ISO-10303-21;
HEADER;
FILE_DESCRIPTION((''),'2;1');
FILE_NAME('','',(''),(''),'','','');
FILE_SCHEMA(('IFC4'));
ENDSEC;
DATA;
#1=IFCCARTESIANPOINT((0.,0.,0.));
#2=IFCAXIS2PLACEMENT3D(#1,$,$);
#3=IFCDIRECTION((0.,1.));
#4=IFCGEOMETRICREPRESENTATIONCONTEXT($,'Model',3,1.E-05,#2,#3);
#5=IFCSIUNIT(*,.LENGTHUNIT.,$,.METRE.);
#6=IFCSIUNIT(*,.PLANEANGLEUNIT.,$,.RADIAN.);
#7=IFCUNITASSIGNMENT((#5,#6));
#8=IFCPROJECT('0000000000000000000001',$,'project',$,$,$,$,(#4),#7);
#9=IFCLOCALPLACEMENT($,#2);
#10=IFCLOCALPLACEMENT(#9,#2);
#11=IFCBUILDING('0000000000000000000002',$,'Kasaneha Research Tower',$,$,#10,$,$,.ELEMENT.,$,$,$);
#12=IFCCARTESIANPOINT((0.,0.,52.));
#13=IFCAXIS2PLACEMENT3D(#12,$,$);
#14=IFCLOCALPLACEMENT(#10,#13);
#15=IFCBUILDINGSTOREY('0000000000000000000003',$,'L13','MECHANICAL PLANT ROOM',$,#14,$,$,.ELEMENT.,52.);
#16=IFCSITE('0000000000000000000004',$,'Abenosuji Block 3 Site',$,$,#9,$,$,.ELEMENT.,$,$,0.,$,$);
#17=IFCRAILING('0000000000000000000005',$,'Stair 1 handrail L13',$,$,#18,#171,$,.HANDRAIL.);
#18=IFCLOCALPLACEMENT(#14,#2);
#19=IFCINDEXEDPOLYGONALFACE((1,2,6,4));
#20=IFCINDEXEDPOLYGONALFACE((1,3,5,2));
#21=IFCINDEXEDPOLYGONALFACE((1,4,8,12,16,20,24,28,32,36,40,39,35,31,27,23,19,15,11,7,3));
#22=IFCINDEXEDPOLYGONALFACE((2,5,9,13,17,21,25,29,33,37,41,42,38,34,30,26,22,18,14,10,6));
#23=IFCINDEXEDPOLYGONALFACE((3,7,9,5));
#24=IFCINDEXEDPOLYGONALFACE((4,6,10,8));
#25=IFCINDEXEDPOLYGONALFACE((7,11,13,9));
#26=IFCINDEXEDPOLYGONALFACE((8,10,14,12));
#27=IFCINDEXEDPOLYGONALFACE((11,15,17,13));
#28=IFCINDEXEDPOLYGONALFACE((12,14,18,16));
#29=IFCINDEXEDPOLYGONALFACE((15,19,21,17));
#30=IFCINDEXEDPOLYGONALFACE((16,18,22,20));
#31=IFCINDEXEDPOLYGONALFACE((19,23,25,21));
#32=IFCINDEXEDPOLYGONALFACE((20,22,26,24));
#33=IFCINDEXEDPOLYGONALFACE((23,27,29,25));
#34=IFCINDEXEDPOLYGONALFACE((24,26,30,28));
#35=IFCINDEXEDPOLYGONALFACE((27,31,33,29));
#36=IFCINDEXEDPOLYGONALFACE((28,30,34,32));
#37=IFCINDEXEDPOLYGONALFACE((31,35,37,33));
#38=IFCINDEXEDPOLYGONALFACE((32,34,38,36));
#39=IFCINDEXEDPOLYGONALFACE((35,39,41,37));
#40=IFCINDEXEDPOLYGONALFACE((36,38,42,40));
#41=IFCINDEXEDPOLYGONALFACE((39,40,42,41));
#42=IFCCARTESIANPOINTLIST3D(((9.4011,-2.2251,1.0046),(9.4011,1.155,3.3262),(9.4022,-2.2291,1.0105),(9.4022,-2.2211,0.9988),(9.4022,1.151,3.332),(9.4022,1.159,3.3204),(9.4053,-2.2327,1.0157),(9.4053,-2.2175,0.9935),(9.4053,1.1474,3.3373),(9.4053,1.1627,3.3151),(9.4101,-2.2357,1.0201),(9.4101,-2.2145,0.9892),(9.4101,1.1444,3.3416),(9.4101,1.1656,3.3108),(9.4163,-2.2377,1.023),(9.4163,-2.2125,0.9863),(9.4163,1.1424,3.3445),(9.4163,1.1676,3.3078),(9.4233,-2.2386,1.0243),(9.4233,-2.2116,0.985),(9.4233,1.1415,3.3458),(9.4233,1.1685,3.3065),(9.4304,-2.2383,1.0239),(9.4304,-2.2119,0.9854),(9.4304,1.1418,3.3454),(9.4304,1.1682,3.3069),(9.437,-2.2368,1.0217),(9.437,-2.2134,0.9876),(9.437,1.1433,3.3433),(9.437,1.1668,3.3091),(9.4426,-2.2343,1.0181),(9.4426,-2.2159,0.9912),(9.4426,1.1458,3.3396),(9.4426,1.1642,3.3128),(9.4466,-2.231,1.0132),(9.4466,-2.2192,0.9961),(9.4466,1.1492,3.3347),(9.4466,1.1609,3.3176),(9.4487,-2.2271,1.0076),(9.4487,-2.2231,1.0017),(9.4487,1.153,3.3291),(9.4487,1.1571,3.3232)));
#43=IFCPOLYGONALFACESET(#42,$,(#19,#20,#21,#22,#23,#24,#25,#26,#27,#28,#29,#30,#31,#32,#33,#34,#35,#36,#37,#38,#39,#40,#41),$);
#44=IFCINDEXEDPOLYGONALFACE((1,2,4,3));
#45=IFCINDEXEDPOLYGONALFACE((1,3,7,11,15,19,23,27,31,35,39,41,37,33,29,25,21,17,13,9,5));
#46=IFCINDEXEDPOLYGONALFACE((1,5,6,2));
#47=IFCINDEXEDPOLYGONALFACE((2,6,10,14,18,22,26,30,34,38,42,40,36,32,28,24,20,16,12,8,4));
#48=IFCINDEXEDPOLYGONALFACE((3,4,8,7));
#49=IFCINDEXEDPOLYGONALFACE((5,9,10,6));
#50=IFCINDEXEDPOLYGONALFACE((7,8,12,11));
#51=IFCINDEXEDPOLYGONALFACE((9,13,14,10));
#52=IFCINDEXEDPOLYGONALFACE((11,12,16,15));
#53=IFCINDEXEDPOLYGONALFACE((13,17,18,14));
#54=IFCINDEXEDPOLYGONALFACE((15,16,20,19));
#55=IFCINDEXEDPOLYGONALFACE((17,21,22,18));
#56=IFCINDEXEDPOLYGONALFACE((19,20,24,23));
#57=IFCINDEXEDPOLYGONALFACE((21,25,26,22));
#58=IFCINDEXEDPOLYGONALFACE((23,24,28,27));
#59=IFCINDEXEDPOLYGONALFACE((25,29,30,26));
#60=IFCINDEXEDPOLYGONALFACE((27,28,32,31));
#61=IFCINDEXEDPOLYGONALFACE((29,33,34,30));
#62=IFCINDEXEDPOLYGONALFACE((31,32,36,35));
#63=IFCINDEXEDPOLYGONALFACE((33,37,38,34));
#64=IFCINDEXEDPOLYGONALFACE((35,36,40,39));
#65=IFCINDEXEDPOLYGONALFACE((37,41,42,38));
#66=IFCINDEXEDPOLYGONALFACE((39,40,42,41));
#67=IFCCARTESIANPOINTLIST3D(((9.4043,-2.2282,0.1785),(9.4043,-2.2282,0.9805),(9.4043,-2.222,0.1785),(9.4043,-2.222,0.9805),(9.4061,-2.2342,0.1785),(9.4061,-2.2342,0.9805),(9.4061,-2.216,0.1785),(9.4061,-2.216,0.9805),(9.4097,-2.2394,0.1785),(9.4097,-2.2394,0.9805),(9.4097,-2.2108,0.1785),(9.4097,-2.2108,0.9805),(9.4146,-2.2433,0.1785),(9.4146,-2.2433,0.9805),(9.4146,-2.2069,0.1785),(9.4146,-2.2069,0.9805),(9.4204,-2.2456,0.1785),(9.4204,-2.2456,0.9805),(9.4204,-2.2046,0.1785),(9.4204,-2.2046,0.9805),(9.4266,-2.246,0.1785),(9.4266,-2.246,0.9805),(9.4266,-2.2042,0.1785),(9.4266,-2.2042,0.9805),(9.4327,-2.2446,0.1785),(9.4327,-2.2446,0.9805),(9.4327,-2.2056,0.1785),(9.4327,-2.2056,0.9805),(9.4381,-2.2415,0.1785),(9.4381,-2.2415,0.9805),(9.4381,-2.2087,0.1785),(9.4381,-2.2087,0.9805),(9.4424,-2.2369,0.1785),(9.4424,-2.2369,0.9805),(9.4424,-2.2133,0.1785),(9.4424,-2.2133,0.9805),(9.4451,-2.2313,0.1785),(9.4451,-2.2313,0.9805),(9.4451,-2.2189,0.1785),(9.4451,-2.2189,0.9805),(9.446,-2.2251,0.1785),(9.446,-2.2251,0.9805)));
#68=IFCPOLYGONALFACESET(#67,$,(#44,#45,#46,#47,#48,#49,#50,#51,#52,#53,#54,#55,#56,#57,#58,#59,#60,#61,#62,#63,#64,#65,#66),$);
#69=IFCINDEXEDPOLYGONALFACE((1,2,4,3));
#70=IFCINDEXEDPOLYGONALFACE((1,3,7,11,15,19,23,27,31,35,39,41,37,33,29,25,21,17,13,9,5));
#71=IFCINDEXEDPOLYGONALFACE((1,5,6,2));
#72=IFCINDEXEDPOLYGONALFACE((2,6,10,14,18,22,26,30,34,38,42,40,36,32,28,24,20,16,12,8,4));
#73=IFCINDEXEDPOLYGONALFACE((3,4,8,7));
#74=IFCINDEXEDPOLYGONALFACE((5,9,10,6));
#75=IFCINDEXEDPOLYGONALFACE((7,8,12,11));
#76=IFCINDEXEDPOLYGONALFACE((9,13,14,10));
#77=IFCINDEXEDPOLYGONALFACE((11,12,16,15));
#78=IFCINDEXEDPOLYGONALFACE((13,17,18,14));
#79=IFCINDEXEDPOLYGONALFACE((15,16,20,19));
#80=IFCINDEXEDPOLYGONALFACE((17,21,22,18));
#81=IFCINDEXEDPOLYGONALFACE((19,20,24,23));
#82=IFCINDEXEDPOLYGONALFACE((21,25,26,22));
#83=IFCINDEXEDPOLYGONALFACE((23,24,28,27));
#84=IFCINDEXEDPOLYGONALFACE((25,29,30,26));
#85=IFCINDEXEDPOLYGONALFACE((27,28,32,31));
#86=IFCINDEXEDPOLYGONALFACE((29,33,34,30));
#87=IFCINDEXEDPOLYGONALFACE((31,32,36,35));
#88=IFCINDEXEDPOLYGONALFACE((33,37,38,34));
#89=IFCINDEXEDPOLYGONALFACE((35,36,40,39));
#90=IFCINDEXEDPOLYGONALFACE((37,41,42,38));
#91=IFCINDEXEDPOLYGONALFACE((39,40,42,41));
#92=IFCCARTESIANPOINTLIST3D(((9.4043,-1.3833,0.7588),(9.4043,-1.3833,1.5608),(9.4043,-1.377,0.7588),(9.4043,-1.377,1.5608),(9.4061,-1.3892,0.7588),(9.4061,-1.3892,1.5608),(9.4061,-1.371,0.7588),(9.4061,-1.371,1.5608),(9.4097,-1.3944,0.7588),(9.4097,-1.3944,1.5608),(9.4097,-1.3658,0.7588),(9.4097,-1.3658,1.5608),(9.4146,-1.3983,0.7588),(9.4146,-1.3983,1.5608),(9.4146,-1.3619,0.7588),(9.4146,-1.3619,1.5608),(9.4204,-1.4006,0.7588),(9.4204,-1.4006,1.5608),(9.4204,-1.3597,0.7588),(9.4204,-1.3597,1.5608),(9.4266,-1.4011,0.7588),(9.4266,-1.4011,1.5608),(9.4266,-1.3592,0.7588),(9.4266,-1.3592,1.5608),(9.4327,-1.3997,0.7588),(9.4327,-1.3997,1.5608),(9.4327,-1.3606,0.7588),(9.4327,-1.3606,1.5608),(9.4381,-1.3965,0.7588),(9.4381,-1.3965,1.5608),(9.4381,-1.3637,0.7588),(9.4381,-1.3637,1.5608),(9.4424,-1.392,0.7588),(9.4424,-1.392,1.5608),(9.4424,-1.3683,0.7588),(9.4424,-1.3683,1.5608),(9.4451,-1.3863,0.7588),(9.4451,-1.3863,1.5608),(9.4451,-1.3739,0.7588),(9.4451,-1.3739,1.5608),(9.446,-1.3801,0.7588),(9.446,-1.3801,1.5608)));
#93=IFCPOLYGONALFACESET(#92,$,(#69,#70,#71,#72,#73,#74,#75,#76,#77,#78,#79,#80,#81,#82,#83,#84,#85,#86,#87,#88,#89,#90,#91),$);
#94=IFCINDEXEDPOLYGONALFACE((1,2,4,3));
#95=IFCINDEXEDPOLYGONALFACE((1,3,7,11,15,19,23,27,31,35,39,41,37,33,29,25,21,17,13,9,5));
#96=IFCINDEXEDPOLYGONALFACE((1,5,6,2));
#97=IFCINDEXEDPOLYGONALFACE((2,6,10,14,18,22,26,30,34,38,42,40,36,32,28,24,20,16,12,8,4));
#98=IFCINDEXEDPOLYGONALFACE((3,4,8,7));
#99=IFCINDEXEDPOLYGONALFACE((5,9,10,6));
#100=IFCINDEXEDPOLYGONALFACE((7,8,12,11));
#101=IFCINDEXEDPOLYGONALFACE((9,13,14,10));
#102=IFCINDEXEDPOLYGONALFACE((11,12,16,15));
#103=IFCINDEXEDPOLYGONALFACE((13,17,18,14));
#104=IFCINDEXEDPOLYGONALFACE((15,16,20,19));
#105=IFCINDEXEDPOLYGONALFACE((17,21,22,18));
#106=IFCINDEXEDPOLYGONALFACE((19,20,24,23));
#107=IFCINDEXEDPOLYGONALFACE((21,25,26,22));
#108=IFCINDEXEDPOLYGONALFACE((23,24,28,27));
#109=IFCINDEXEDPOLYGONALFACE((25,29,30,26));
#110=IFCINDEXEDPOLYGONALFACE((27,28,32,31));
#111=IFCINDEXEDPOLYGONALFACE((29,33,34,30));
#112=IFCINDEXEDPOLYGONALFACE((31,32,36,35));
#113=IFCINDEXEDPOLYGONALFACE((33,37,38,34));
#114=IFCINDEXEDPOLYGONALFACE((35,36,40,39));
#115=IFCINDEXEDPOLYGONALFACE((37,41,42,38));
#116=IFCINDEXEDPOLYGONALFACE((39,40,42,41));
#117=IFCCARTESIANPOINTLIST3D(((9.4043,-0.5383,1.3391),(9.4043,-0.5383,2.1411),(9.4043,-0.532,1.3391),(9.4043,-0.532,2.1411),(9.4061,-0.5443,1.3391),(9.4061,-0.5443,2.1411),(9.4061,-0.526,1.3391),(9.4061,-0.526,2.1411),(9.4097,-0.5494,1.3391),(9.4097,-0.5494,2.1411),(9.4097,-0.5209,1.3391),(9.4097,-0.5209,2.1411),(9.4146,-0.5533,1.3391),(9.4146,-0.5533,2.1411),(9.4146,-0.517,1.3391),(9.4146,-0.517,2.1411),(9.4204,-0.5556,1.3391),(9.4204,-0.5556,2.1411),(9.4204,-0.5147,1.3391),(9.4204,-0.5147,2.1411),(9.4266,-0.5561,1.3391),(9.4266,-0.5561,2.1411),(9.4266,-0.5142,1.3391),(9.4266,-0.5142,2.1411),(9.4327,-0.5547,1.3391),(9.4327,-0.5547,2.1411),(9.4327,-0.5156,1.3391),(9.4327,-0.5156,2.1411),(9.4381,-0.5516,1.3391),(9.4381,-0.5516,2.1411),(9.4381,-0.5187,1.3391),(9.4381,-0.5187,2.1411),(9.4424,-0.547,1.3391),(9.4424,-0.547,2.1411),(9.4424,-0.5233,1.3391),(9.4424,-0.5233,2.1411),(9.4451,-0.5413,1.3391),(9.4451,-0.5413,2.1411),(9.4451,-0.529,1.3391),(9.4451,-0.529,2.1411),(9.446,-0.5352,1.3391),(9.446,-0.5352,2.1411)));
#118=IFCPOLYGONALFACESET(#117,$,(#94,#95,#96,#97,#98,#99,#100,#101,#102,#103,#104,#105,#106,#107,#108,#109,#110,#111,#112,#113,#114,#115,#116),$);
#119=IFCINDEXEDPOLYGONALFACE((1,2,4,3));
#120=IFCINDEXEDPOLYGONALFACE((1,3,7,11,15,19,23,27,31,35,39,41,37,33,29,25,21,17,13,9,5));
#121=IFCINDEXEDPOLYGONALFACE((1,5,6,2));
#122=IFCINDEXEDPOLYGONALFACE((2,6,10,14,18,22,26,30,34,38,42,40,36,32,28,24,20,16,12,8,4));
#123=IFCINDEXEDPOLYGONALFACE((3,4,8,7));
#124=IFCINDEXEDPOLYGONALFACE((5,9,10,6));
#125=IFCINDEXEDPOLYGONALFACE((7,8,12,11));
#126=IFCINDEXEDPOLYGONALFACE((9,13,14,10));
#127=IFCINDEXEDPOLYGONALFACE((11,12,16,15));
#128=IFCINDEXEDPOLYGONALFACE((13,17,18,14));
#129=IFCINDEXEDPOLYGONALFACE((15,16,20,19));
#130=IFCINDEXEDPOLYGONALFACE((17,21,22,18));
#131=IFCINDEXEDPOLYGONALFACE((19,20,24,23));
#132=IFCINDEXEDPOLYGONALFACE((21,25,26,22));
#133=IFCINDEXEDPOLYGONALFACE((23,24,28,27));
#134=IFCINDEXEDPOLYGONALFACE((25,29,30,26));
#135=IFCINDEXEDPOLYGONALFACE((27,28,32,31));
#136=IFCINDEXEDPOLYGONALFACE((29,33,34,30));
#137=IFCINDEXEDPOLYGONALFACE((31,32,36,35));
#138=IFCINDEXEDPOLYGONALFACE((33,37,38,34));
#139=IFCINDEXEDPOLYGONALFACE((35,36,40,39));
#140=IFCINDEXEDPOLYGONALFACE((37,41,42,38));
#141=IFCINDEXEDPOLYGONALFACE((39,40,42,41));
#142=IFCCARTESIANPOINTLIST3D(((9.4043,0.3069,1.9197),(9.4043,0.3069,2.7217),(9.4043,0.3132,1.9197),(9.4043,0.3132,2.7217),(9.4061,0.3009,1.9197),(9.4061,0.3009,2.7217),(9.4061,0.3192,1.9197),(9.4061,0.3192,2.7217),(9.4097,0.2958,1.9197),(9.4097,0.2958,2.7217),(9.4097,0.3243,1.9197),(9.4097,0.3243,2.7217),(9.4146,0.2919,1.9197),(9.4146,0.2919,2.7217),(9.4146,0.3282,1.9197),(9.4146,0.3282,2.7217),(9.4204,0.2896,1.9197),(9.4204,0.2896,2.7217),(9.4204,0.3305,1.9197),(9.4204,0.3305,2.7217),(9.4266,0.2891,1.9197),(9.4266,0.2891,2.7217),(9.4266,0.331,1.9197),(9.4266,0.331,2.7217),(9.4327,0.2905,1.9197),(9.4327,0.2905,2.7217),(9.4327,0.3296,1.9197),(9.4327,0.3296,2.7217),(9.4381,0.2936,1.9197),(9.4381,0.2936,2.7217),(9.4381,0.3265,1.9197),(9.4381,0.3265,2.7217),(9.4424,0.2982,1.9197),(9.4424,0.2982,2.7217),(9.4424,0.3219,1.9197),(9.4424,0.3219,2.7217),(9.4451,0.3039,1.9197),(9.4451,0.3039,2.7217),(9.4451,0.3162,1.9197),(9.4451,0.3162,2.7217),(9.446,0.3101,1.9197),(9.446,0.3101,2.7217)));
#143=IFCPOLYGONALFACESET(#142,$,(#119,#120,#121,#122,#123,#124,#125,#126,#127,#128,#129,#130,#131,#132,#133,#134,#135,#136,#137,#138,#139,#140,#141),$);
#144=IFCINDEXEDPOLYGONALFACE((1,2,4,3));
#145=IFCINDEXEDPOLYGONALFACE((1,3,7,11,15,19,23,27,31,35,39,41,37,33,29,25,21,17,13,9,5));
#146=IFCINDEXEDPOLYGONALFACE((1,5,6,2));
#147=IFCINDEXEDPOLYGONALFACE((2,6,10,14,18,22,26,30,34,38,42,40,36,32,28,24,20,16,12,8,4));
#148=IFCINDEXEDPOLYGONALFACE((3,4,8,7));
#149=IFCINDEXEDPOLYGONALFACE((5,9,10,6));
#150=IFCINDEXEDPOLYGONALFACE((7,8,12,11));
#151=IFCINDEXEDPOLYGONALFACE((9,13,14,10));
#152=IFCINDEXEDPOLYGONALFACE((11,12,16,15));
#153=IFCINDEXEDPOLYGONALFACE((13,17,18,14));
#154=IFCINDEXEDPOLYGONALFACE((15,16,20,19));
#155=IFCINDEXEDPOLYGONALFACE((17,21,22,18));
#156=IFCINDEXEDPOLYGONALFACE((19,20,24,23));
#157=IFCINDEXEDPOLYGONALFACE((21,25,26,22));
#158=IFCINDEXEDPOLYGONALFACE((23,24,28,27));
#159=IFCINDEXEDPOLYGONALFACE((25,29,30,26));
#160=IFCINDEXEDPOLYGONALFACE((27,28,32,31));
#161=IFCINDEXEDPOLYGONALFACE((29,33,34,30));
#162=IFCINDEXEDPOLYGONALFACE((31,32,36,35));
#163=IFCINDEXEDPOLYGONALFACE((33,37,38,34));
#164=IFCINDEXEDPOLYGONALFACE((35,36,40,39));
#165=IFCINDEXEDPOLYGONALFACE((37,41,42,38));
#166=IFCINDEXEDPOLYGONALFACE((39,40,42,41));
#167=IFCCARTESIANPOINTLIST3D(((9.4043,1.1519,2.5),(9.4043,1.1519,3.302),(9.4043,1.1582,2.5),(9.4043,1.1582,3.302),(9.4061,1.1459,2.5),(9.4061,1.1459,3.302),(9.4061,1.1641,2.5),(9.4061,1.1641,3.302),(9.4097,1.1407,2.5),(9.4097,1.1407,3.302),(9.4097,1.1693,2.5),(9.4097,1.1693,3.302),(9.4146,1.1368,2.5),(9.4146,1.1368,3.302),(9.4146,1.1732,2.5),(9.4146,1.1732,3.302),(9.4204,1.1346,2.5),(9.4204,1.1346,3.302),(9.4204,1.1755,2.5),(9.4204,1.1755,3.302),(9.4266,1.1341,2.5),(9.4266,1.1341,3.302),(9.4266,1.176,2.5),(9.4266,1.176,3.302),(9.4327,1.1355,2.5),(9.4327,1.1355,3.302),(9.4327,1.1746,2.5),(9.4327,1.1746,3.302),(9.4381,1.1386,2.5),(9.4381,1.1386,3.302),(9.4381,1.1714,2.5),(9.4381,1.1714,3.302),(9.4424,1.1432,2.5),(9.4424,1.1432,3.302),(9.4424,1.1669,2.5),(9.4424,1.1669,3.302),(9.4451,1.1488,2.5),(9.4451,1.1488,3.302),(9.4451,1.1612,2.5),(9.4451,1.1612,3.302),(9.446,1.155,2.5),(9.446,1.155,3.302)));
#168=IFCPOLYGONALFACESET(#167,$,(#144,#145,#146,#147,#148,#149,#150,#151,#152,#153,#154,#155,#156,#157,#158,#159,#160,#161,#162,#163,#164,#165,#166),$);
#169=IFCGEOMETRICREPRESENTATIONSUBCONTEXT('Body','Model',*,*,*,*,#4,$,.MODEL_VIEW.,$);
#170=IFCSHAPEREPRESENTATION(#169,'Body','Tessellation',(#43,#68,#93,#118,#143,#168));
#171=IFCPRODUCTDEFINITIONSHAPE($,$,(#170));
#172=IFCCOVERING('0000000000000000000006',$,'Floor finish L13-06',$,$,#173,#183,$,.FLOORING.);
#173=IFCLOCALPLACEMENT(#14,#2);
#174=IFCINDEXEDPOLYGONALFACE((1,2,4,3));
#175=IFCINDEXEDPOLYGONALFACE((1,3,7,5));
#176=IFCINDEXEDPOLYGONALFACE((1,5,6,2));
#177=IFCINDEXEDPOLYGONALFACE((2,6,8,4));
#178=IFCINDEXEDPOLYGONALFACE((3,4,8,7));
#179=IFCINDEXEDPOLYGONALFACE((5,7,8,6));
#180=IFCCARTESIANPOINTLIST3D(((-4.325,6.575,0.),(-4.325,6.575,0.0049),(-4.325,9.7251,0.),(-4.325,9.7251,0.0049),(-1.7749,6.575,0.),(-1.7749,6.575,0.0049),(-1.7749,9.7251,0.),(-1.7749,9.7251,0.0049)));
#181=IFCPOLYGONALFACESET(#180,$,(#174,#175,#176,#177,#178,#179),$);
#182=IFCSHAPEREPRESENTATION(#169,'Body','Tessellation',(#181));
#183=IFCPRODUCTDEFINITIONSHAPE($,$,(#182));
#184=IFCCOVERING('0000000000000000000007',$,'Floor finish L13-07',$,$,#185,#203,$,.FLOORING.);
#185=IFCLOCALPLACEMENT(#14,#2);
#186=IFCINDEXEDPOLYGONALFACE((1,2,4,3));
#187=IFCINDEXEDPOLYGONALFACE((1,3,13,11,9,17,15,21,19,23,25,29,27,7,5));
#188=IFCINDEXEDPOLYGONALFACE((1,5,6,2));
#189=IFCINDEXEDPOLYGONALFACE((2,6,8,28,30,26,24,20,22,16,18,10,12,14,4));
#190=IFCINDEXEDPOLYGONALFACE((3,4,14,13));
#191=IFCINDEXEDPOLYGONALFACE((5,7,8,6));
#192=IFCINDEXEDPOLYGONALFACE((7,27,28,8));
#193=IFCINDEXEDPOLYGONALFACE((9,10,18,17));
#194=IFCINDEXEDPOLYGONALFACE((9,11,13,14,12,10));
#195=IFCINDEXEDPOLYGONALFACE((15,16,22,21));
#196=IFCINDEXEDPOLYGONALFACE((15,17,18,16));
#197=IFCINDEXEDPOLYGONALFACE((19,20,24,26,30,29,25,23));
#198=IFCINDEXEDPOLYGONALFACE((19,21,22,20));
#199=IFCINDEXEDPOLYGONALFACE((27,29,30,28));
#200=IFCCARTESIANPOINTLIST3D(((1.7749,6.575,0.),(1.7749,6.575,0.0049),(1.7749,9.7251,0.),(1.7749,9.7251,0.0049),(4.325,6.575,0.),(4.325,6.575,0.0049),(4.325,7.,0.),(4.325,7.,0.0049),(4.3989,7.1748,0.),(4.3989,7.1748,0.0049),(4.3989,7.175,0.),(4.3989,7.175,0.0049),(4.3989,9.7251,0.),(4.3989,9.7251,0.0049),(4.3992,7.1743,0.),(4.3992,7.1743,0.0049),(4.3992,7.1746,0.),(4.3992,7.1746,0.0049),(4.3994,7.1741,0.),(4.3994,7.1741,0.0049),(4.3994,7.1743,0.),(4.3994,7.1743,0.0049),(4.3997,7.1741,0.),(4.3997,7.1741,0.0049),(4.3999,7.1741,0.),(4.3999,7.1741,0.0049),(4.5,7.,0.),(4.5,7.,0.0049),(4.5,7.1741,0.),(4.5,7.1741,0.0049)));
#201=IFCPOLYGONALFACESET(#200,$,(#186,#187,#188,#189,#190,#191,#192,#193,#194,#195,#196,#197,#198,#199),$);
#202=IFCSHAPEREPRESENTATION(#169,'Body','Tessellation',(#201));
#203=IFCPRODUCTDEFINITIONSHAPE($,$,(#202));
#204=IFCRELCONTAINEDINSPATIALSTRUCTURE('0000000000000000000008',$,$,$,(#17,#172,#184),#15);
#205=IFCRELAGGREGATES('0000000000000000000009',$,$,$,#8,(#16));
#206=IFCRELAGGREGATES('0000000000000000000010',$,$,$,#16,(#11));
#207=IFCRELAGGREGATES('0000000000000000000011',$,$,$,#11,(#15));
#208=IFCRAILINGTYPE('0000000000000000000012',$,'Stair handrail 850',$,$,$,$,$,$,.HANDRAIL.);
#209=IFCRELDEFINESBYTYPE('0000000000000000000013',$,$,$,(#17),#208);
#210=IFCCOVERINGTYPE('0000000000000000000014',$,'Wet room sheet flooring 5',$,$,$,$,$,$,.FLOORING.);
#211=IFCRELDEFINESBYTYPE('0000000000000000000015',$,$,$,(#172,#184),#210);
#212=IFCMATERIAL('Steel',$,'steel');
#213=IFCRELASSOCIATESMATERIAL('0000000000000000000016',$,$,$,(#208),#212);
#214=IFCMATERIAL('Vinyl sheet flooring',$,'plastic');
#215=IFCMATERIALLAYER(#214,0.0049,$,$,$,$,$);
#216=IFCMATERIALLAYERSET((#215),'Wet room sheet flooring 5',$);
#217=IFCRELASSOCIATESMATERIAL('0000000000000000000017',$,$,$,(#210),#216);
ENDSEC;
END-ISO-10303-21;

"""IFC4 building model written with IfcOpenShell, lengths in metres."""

from ifc_helpers import new_model, si_unit, direction, frame, origin, origin_2d, place, context, subcontext, project, spatial, polyline, circle, outline, extrude, material, layer, layer_set, type_object, element, save


model = new_model("IFC4")

# Units and contexts
model_context = context("Model", 3, precision=1e-05, world=origin(), true_north=direction((0.0, 1.0)))
body_context = subcontext(model_context, "Body", "Model", "MODEL_VIEW")
ifc_project = project(units=[si_unit("LENGTHUNIT", "METRE"), si_unit("PLANEANGLEUNIT", "RADIAN")], contexts=[model_context])

# Site, building, storey
site_placement = place(None, origin())
site = spatial("IfcSite", under=ifc_project, at=site_placement, Name="Abenosuji Block 3 Site", CompositionType="ELEMENT", RefElevation=0.0)
building_placement = place(site_placement, origin())
building = spatial("IfcBuilding", under=site, at=building_placement, Name="Kasaneha Research Tower", CompositionType="ELEMENT")
storey_placement = place(building_placement, frame((0.0, 0.0, 52.0)))
storey = spatial("IfcBuildingStorey", under=building, at=storey_placement, Name="L13", Description="MECHANICAL PLANT ROOM", CompositionType="ELEMENT", Elevation=52.0)

# Railing
ifc_material_1 = material(Name="Steel", Category="steel")
railing_type = type_object("IfcRailingType", Name="Stair handrail 850", PredefinedType="HANDRAIL", material=ifc_material_1)
railing_placement = place(storey_placement, frame((9.425, -2.2251, 0.1785)))
element("IfcRailing", 1, at=railing_placement, inside=storey, type_object=railing_type, Name="Stair 1 handrail L13", PredefinedType="HANDRAIL", context=body_context, shape_type="SweptSolid", body=[
    extrude(circle(Radius=0.0239, at=origin_2d()), frame((0.0, 0.0, 0.8262), z_axis=(0.0, 0.824304, 0.566147), x_axis=(-1.0, 0.0, 0.0)), (0.0, 0.0, 1.0), 4.1006),
    extrude(circle(Radius=0.021, at=origin_2d()), origin(), (0.0, 0.0, 1.0), 0.802),
    extrude(circle(Radius=0.021, at=origin_2d()), frame((0.0, 0.845, 0.5803)), (0.0, 0.0, 1.0), 0.802),
    extrude(circle(Radius=0.021, at=origin_2d()), frame((0.0, 1.6899, 1.1606)), (0.0, 0.0, 1.0), 0.802),
    extrude(circle(Radius=0.021, at=origin_2d()), frame((0.0, 2.5352, 1.7412)), (0.0, 0.0, 1.0), 0.802),
    extrude(circle(Radius=0.021, at=origin_2d()), frame((0.0, 3.3801, 2.3215)), (0.0, 0.0, 1.0), 0.802),
])

# Coverings
ifc_material_2 = material(Name="Vinyl sheet flooring", Category="plastic")
ifc_layer_1 = layer(ifc_material_2, 0.0049)
ifc_layer_set_1 = layer_set([ifc_layer_1], Name="Wet room sheet flooring 5")
covering_type = type_object("IfcCoveringType", Name="Wet room sheet flooring 5", PredefinedType="FLOORING", material=ifc_layer_set_1)
covering_1_placement = place(storey_placement, origin())
element("IfcCovering", 2, at=covering_1_placement, inside=storey, type_object=covering_type, Name="Floor finish L13-06", PredefinedType="FLOORING", context=body_context, shape_type="SweptSolid", body=[
    extrude(outline(polyline([(-1.7749, 9.7251), (-1.7749, 6.575), (-4.325, 6.575), (-4.325, 9.7251), (-1.7749, 9.7251)])), origin(), (0.0, 0.0, 1.0), 0.0049),
])
covering_2_placement = place(storey_placement, origin())
element("IfcCovering", 3, at=covering_2_placement, inside=storey, type_object=covering_type, Name="Floor finish L13-07", PredefinedType="FLOORING", context=body_context, shape_type="SweptSolid", body=[
    extrude(outline(polyline([(4.3989, 9.7251), (4.3989, 7.175), (4.3989, 7.1748), (4.3989, 7.1748), (4.3989, 7.1748), (4.3992, 7.1746), (4.3992, 7.1746), (4.3992, 7.1746), (4.3992, 7.1743), (4.3992, 7.1743), (4.3994, 7.1743), (4.3994, 7.1741), (4.3994, 7.1741), (4.3997, 7.1741), (4.3997, 7.1741), (4.3999, 7.1741), (4.3999, 7.1741), (4.3999, 7.1741), (4.5, 7.1741), (4.5, 7.0), (4.325, 7.0), (4.325, 6.575), (1.7749, 6.575), (1.7749, 9.7251), (4.3989, 9.7251)])), origin(), (0.0, 0.0, 1.0), 0.0049),
])

save(model, "model.ifc")
